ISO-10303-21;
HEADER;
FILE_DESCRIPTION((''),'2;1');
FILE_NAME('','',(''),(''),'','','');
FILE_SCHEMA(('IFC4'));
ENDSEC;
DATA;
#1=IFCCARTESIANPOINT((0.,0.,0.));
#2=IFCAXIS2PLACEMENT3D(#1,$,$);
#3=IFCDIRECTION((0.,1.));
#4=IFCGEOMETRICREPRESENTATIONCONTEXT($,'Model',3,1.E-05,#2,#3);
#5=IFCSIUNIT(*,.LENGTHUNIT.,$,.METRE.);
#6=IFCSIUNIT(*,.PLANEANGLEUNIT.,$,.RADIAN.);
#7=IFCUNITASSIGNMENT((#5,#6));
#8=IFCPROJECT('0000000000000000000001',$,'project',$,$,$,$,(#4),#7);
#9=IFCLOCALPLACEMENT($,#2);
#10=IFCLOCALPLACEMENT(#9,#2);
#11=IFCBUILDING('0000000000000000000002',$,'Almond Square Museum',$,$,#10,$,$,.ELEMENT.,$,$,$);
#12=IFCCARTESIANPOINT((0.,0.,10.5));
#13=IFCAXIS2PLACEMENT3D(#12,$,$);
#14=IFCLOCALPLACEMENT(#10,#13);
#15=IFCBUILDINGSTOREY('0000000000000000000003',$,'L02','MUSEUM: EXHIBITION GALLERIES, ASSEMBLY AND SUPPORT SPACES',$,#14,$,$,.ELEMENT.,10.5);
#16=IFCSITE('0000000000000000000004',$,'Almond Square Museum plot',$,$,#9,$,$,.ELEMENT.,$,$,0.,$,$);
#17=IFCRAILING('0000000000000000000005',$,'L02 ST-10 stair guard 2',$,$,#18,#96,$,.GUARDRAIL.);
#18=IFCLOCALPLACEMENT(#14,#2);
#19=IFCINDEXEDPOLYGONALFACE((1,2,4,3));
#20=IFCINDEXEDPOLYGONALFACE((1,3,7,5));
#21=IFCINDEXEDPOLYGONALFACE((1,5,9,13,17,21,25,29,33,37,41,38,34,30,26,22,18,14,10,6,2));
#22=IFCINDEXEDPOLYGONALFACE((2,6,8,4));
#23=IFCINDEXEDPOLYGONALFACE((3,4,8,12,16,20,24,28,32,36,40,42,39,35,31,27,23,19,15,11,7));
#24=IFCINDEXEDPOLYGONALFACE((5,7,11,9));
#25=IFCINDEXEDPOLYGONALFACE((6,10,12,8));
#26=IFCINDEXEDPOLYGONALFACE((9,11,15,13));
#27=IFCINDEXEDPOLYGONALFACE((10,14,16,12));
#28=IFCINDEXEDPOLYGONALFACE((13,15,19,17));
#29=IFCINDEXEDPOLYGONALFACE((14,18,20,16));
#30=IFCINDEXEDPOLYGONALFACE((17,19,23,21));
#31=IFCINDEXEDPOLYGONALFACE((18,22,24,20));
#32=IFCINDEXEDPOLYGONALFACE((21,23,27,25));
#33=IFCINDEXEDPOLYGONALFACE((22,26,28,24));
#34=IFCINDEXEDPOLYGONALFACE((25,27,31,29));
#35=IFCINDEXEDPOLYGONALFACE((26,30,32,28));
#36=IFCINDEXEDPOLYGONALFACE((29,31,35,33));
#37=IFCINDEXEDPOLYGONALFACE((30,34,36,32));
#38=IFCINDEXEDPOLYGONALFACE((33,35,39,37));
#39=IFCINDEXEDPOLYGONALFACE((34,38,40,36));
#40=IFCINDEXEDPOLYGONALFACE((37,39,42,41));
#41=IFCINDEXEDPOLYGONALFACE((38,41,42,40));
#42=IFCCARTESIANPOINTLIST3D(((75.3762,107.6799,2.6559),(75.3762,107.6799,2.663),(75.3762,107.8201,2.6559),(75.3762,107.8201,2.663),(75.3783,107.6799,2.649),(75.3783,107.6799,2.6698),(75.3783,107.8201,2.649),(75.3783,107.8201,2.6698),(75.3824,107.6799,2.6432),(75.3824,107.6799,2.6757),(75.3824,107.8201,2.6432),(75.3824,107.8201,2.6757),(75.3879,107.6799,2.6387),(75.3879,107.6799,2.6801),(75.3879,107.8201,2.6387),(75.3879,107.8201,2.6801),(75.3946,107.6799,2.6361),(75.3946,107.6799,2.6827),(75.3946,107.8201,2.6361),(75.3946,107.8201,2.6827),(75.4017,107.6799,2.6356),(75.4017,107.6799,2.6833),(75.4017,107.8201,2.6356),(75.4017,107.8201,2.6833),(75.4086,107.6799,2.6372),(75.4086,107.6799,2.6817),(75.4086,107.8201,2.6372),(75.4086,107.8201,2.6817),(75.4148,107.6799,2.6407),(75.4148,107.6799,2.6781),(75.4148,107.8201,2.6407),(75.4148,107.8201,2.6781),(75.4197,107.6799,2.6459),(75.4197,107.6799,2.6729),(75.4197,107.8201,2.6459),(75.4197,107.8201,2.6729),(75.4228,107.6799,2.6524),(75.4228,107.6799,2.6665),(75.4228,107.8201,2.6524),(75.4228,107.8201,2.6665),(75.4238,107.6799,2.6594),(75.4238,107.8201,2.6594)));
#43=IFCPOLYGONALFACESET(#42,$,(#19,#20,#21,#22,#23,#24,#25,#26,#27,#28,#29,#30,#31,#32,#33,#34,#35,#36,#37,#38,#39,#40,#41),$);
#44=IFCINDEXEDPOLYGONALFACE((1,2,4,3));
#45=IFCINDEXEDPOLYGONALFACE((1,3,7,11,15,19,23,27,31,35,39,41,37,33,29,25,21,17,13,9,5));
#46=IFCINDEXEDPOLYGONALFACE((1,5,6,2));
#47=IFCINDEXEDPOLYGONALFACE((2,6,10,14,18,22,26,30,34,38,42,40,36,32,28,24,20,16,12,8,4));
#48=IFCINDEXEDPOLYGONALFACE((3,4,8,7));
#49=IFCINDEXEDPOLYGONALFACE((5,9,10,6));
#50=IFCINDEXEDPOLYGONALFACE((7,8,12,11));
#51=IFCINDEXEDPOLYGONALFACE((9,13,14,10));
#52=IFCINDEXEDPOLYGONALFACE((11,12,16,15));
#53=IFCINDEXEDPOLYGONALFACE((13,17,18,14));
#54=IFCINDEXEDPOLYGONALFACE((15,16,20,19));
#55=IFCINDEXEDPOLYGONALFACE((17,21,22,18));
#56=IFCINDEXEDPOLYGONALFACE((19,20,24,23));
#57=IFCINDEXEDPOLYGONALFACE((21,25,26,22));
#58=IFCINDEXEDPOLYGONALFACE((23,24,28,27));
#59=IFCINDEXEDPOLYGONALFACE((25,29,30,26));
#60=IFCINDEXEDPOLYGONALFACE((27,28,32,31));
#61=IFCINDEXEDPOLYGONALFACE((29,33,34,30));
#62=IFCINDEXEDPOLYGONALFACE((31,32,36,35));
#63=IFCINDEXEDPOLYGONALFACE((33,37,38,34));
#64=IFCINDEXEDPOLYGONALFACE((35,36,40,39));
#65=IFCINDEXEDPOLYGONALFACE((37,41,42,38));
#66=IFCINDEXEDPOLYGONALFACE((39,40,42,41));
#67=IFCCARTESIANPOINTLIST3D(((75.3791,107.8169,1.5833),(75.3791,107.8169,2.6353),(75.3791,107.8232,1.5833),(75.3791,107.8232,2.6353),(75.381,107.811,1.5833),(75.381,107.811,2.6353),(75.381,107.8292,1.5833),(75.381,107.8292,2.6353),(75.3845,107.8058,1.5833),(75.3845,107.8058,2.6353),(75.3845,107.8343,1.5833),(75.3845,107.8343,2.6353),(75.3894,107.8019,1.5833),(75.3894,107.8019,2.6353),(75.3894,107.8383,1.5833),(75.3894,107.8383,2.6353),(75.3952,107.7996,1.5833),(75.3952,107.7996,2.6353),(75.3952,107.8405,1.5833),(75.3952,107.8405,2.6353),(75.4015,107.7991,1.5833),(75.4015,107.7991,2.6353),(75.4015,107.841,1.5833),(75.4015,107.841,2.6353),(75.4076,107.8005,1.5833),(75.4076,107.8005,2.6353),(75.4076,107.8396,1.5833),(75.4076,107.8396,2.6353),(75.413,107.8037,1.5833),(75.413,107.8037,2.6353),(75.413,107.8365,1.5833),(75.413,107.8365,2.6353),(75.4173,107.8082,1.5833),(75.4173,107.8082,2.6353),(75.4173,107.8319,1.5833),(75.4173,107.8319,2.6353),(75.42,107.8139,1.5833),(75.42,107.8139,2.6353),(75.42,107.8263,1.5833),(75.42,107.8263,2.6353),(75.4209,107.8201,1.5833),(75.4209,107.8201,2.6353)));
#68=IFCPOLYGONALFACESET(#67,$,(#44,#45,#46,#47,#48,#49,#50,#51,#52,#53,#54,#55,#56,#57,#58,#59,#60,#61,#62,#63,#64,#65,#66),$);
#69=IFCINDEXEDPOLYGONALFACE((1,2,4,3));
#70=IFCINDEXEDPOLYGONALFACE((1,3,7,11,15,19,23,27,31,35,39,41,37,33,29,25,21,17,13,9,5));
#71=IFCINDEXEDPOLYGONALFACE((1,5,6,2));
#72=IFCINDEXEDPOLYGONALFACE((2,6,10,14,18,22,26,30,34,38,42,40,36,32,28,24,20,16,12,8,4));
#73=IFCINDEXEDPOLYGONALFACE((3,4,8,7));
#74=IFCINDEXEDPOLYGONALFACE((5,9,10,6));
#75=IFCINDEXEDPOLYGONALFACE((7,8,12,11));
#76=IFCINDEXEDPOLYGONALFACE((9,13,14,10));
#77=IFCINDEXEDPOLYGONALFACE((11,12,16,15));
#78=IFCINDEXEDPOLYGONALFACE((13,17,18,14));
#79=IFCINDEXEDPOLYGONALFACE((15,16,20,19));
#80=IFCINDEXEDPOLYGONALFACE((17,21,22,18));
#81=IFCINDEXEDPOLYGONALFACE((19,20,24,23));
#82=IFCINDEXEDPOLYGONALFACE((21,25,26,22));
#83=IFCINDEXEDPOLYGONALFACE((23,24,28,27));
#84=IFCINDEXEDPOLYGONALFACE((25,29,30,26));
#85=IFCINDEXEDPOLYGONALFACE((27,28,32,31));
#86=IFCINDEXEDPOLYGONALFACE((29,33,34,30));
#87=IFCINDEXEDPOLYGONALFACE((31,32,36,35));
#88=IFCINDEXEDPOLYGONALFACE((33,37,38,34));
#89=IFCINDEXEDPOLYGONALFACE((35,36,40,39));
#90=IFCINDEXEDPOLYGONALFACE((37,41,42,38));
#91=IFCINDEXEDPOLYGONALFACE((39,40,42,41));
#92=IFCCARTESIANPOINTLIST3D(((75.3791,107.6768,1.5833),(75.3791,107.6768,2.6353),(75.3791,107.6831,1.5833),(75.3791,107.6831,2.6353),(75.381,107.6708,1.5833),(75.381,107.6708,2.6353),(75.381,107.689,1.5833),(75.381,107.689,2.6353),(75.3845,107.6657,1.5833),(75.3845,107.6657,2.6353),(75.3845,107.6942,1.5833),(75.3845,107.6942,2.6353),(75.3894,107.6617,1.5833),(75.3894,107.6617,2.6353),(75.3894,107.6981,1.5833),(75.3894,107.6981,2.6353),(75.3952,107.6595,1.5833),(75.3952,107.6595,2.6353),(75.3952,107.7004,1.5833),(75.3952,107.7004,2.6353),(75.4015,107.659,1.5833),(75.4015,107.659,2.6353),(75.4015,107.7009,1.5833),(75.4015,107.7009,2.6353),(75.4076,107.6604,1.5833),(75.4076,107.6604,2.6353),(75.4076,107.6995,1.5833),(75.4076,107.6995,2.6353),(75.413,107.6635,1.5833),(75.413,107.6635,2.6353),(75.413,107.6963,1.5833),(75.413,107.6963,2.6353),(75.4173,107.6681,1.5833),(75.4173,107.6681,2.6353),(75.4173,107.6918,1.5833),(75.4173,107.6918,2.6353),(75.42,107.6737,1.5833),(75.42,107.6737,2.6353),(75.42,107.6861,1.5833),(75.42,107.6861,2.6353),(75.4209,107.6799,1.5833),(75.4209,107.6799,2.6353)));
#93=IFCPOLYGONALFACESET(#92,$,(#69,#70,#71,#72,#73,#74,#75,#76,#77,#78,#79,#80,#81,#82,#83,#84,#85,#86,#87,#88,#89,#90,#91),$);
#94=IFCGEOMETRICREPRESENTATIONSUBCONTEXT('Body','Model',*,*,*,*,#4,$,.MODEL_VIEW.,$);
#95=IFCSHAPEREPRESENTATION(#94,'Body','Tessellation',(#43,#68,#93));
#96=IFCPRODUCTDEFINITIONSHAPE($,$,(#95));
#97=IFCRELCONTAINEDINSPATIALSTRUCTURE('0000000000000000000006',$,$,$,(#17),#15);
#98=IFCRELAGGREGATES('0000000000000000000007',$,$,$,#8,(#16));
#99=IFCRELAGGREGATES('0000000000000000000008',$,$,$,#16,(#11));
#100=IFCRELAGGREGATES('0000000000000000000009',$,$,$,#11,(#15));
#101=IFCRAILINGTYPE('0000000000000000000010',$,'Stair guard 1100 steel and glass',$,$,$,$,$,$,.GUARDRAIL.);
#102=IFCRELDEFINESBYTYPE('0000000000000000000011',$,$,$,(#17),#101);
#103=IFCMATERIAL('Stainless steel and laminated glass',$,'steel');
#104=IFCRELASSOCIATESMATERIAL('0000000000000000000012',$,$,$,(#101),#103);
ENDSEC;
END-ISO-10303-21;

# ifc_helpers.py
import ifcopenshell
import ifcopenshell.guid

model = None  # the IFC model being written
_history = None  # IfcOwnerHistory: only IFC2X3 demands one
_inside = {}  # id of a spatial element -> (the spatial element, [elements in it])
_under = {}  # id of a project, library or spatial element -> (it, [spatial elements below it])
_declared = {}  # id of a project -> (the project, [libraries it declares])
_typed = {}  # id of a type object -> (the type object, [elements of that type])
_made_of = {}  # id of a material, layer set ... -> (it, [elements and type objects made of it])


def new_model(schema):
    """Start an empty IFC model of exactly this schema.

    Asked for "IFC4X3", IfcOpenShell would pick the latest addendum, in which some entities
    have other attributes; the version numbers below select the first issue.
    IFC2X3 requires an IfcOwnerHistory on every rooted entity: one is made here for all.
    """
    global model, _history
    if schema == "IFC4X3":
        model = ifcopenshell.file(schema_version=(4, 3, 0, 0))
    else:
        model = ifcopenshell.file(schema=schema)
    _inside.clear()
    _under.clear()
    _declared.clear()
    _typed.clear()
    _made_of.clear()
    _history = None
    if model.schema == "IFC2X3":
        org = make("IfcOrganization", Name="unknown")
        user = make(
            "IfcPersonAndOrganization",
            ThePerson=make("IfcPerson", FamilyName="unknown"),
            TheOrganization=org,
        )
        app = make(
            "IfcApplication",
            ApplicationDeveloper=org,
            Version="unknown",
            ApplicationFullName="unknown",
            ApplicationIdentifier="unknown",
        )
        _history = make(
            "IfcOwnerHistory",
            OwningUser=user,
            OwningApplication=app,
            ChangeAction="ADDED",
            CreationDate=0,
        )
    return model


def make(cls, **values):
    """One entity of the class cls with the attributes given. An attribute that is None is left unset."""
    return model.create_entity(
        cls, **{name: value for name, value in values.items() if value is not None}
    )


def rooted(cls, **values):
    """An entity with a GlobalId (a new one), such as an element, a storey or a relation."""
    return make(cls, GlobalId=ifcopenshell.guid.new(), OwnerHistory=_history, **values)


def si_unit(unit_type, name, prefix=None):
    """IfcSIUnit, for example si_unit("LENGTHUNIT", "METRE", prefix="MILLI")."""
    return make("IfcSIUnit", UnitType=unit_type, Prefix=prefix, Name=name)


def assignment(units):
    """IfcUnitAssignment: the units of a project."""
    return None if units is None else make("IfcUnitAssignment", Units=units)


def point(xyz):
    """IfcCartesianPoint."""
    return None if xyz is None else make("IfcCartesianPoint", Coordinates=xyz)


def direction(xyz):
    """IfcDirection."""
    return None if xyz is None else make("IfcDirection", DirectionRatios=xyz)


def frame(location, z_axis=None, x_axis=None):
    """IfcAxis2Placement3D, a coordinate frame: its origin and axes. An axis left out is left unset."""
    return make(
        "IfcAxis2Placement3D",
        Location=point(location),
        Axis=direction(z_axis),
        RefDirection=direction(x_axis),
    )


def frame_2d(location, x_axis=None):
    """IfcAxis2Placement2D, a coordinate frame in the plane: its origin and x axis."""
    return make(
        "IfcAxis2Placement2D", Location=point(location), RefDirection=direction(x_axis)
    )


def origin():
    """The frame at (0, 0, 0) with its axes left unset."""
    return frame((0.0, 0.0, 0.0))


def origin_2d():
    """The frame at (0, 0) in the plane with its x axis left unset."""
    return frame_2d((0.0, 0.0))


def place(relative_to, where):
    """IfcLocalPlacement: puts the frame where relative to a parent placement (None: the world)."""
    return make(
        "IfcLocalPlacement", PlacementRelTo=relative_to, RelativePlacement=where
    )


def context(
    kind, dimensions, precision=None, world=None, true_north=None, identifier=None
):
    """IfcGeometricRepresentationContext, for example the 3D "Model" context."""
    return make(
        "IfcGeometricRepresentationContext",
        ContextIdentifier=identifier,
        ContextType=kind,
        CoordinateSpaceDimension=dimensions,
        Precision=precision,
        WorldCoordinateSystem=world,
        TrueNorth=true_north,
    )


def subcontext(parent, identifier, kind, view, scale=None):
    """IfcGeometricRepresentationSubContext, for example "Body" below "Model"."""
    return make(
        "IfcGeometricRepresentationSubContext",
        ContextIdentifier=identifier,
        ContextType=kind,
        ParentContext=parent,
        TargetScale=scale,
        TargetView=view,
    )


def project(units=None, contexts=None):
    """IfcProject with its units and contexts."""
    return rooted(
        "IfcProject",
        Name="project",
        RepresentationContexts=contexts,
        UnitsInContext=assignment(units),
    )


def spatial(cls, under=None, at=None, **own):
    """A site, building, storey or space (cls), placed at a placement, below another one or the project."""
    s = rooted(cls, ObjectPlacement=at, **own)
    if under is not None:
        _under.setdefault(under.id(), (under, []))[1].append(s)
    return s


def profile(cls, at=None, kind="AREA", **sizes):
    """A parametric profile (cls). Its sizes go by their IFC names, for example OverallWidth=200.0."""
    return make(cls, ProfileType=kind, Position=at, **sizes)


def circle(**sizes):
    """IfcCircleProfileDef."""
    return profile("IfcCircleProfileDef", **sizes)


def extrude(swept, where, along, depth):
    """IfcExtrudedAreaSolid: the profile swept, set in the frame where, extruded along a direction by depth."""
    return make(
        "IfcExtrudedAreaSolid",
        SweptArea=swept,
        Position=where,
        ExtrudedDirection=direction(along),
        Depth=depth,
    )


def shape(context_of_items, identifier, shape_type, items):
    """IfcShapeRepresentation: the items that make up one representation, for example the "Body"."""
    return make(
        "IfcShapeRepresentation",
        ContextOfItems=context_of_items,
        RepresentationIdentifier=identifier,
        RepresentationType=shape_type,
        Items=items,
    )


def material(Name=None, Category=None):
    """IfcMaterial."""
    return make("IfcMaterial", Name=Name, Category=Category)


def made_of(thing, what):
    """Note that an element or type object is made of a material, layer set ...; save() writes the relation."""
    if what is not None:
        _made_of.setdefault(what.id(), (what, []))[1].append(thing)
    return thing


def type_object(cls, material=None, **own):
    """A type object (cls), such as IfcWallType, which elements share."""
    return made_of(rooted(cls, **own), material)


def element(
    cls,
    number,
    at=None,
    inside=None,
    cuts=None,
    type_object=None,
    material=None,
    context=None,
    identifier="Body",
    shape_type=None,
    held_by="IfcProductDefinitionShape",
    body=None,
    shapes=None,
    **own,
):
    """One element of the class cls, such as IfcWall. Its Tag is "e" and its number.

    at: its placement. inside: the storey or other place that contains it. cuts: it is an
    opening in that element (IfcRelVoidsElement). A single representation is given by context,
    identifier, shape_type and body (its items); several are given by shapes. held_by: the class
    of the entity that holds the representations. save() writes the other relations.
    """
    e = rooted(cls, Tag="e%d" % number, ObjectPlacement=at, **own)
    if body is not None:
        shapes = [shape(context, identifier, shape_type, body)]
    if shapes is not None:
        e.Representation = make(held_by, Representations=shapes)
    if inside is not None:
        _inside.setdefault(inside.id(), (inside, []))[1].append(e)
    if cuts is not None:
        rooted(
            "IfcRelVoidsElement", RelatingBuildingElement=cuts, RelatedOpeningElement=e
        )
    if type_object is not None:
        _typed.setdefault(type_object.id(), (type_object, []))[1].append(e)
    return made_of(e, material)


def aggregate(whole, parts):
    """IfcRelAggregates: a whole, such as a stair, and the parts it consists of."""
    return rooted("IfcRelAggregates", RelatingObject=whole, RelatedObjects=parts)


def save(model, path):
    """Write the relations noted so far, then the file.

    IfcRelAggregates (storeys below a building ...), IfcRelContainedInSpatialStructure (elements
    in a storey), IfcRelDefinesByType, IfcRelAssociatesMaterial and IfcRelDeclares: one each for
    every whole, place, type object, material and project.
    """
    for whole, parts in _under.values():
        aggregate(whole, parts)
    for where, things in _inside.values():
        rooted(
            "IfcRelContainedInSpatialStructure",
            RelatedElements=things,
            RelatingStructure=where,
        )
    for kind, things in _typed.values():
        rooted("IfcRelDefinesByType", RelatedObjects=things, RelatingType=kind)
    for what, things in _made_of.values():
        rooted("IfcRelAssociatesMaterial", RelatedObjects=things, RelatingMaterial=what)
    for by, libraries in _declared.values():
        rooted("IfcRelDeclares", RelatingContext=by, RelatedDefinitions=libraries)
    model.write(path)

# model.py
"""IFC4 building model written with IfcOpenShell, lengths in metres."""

from ifc_helpers import new_model, si_unit, direction, frame, origin, origin_2d, place, context, subcontext, project, spatial, circle, extrude, material, type_object, element, save


model = new_model("IFC4")

# Units and contexts
model_context = context("Model", 3, precision=1e-05, world=origin(), true_north=direction((0.0, 1.0)))
body_context = subcontext(model_context, "Body", "Model", "MODEL_VIEW")
ifc_project = project(units=[si_unit("LENGTHUNIT", "METRE"), si_unit("PLANEANGLEUNIT", "RADIAN")], contexts=[model_context])

# Site, building, storey
site_placement = place(None, origin())
site = spatial("IfcSite", under=ifc_project, at=site_placement, Name="Almond Square Museum plot", CompositionType="ELEMENT", RefElevation=0.0)
building_placement = place(site_placement, origin())
building = spatial("IfcBuilding", under=site, at=building_placement, Name="Almond Square Museum", CompositionType="ELEMENT")
storey_placement = place(building_placement, frame((0.0, 0.0, 10.5)))
storey = spatial("IfcBuildingStorey", under=building, at=storey_placement, Name="L02", Description="MUSEUM: EXHIBITION GALLERIES, ASSEMBLY AND SUPPORT SPACES", CompositionType="ELEMENT", Elevation=10.5)

# Railing
ifc_material_1 = material(Name="Stainless steel and laminated glass", Category="steel")
railing_type_1 = type_object("IfcRailingType", Name="Stair guard 1100 steel and glass", PredefinedType="GUARDRAIL", material=ifc_material_1)
railing_1_placement = place(storey_placement, frame((75.3999, 107.8201, 1.5833)))
element("IfcRailing", 1, at=railing_1_placement, inside=storey, type_object=railing_type_1, Name="L02 ST-10 stair guard 2", PredefinedType="GUARDRAIL", context=body_context, shape_type="SweptSolid", body=[
    extrude(circle(Radius=0.0239, at=origin_2d()), frame((0.0, 0.0, 1.0762), z_axis=(0.0, -1.0, 0.0), x_axis=(1.0, 0.0, 0.0)), (0.0, 0.0, 1.0), 0.1401),
    extrude(circle(Radius=0.021, at=origin_2d()), origin(), (0.0, 0.0, 1.0), 1.052),
    extrude(circle(Radius=0.021, at=origin_2d()), frame((0.0, -0.1401, 0.0)), (0.0, 0.0, 1.0), 1.052),
])

save(model, "model.ifc")
